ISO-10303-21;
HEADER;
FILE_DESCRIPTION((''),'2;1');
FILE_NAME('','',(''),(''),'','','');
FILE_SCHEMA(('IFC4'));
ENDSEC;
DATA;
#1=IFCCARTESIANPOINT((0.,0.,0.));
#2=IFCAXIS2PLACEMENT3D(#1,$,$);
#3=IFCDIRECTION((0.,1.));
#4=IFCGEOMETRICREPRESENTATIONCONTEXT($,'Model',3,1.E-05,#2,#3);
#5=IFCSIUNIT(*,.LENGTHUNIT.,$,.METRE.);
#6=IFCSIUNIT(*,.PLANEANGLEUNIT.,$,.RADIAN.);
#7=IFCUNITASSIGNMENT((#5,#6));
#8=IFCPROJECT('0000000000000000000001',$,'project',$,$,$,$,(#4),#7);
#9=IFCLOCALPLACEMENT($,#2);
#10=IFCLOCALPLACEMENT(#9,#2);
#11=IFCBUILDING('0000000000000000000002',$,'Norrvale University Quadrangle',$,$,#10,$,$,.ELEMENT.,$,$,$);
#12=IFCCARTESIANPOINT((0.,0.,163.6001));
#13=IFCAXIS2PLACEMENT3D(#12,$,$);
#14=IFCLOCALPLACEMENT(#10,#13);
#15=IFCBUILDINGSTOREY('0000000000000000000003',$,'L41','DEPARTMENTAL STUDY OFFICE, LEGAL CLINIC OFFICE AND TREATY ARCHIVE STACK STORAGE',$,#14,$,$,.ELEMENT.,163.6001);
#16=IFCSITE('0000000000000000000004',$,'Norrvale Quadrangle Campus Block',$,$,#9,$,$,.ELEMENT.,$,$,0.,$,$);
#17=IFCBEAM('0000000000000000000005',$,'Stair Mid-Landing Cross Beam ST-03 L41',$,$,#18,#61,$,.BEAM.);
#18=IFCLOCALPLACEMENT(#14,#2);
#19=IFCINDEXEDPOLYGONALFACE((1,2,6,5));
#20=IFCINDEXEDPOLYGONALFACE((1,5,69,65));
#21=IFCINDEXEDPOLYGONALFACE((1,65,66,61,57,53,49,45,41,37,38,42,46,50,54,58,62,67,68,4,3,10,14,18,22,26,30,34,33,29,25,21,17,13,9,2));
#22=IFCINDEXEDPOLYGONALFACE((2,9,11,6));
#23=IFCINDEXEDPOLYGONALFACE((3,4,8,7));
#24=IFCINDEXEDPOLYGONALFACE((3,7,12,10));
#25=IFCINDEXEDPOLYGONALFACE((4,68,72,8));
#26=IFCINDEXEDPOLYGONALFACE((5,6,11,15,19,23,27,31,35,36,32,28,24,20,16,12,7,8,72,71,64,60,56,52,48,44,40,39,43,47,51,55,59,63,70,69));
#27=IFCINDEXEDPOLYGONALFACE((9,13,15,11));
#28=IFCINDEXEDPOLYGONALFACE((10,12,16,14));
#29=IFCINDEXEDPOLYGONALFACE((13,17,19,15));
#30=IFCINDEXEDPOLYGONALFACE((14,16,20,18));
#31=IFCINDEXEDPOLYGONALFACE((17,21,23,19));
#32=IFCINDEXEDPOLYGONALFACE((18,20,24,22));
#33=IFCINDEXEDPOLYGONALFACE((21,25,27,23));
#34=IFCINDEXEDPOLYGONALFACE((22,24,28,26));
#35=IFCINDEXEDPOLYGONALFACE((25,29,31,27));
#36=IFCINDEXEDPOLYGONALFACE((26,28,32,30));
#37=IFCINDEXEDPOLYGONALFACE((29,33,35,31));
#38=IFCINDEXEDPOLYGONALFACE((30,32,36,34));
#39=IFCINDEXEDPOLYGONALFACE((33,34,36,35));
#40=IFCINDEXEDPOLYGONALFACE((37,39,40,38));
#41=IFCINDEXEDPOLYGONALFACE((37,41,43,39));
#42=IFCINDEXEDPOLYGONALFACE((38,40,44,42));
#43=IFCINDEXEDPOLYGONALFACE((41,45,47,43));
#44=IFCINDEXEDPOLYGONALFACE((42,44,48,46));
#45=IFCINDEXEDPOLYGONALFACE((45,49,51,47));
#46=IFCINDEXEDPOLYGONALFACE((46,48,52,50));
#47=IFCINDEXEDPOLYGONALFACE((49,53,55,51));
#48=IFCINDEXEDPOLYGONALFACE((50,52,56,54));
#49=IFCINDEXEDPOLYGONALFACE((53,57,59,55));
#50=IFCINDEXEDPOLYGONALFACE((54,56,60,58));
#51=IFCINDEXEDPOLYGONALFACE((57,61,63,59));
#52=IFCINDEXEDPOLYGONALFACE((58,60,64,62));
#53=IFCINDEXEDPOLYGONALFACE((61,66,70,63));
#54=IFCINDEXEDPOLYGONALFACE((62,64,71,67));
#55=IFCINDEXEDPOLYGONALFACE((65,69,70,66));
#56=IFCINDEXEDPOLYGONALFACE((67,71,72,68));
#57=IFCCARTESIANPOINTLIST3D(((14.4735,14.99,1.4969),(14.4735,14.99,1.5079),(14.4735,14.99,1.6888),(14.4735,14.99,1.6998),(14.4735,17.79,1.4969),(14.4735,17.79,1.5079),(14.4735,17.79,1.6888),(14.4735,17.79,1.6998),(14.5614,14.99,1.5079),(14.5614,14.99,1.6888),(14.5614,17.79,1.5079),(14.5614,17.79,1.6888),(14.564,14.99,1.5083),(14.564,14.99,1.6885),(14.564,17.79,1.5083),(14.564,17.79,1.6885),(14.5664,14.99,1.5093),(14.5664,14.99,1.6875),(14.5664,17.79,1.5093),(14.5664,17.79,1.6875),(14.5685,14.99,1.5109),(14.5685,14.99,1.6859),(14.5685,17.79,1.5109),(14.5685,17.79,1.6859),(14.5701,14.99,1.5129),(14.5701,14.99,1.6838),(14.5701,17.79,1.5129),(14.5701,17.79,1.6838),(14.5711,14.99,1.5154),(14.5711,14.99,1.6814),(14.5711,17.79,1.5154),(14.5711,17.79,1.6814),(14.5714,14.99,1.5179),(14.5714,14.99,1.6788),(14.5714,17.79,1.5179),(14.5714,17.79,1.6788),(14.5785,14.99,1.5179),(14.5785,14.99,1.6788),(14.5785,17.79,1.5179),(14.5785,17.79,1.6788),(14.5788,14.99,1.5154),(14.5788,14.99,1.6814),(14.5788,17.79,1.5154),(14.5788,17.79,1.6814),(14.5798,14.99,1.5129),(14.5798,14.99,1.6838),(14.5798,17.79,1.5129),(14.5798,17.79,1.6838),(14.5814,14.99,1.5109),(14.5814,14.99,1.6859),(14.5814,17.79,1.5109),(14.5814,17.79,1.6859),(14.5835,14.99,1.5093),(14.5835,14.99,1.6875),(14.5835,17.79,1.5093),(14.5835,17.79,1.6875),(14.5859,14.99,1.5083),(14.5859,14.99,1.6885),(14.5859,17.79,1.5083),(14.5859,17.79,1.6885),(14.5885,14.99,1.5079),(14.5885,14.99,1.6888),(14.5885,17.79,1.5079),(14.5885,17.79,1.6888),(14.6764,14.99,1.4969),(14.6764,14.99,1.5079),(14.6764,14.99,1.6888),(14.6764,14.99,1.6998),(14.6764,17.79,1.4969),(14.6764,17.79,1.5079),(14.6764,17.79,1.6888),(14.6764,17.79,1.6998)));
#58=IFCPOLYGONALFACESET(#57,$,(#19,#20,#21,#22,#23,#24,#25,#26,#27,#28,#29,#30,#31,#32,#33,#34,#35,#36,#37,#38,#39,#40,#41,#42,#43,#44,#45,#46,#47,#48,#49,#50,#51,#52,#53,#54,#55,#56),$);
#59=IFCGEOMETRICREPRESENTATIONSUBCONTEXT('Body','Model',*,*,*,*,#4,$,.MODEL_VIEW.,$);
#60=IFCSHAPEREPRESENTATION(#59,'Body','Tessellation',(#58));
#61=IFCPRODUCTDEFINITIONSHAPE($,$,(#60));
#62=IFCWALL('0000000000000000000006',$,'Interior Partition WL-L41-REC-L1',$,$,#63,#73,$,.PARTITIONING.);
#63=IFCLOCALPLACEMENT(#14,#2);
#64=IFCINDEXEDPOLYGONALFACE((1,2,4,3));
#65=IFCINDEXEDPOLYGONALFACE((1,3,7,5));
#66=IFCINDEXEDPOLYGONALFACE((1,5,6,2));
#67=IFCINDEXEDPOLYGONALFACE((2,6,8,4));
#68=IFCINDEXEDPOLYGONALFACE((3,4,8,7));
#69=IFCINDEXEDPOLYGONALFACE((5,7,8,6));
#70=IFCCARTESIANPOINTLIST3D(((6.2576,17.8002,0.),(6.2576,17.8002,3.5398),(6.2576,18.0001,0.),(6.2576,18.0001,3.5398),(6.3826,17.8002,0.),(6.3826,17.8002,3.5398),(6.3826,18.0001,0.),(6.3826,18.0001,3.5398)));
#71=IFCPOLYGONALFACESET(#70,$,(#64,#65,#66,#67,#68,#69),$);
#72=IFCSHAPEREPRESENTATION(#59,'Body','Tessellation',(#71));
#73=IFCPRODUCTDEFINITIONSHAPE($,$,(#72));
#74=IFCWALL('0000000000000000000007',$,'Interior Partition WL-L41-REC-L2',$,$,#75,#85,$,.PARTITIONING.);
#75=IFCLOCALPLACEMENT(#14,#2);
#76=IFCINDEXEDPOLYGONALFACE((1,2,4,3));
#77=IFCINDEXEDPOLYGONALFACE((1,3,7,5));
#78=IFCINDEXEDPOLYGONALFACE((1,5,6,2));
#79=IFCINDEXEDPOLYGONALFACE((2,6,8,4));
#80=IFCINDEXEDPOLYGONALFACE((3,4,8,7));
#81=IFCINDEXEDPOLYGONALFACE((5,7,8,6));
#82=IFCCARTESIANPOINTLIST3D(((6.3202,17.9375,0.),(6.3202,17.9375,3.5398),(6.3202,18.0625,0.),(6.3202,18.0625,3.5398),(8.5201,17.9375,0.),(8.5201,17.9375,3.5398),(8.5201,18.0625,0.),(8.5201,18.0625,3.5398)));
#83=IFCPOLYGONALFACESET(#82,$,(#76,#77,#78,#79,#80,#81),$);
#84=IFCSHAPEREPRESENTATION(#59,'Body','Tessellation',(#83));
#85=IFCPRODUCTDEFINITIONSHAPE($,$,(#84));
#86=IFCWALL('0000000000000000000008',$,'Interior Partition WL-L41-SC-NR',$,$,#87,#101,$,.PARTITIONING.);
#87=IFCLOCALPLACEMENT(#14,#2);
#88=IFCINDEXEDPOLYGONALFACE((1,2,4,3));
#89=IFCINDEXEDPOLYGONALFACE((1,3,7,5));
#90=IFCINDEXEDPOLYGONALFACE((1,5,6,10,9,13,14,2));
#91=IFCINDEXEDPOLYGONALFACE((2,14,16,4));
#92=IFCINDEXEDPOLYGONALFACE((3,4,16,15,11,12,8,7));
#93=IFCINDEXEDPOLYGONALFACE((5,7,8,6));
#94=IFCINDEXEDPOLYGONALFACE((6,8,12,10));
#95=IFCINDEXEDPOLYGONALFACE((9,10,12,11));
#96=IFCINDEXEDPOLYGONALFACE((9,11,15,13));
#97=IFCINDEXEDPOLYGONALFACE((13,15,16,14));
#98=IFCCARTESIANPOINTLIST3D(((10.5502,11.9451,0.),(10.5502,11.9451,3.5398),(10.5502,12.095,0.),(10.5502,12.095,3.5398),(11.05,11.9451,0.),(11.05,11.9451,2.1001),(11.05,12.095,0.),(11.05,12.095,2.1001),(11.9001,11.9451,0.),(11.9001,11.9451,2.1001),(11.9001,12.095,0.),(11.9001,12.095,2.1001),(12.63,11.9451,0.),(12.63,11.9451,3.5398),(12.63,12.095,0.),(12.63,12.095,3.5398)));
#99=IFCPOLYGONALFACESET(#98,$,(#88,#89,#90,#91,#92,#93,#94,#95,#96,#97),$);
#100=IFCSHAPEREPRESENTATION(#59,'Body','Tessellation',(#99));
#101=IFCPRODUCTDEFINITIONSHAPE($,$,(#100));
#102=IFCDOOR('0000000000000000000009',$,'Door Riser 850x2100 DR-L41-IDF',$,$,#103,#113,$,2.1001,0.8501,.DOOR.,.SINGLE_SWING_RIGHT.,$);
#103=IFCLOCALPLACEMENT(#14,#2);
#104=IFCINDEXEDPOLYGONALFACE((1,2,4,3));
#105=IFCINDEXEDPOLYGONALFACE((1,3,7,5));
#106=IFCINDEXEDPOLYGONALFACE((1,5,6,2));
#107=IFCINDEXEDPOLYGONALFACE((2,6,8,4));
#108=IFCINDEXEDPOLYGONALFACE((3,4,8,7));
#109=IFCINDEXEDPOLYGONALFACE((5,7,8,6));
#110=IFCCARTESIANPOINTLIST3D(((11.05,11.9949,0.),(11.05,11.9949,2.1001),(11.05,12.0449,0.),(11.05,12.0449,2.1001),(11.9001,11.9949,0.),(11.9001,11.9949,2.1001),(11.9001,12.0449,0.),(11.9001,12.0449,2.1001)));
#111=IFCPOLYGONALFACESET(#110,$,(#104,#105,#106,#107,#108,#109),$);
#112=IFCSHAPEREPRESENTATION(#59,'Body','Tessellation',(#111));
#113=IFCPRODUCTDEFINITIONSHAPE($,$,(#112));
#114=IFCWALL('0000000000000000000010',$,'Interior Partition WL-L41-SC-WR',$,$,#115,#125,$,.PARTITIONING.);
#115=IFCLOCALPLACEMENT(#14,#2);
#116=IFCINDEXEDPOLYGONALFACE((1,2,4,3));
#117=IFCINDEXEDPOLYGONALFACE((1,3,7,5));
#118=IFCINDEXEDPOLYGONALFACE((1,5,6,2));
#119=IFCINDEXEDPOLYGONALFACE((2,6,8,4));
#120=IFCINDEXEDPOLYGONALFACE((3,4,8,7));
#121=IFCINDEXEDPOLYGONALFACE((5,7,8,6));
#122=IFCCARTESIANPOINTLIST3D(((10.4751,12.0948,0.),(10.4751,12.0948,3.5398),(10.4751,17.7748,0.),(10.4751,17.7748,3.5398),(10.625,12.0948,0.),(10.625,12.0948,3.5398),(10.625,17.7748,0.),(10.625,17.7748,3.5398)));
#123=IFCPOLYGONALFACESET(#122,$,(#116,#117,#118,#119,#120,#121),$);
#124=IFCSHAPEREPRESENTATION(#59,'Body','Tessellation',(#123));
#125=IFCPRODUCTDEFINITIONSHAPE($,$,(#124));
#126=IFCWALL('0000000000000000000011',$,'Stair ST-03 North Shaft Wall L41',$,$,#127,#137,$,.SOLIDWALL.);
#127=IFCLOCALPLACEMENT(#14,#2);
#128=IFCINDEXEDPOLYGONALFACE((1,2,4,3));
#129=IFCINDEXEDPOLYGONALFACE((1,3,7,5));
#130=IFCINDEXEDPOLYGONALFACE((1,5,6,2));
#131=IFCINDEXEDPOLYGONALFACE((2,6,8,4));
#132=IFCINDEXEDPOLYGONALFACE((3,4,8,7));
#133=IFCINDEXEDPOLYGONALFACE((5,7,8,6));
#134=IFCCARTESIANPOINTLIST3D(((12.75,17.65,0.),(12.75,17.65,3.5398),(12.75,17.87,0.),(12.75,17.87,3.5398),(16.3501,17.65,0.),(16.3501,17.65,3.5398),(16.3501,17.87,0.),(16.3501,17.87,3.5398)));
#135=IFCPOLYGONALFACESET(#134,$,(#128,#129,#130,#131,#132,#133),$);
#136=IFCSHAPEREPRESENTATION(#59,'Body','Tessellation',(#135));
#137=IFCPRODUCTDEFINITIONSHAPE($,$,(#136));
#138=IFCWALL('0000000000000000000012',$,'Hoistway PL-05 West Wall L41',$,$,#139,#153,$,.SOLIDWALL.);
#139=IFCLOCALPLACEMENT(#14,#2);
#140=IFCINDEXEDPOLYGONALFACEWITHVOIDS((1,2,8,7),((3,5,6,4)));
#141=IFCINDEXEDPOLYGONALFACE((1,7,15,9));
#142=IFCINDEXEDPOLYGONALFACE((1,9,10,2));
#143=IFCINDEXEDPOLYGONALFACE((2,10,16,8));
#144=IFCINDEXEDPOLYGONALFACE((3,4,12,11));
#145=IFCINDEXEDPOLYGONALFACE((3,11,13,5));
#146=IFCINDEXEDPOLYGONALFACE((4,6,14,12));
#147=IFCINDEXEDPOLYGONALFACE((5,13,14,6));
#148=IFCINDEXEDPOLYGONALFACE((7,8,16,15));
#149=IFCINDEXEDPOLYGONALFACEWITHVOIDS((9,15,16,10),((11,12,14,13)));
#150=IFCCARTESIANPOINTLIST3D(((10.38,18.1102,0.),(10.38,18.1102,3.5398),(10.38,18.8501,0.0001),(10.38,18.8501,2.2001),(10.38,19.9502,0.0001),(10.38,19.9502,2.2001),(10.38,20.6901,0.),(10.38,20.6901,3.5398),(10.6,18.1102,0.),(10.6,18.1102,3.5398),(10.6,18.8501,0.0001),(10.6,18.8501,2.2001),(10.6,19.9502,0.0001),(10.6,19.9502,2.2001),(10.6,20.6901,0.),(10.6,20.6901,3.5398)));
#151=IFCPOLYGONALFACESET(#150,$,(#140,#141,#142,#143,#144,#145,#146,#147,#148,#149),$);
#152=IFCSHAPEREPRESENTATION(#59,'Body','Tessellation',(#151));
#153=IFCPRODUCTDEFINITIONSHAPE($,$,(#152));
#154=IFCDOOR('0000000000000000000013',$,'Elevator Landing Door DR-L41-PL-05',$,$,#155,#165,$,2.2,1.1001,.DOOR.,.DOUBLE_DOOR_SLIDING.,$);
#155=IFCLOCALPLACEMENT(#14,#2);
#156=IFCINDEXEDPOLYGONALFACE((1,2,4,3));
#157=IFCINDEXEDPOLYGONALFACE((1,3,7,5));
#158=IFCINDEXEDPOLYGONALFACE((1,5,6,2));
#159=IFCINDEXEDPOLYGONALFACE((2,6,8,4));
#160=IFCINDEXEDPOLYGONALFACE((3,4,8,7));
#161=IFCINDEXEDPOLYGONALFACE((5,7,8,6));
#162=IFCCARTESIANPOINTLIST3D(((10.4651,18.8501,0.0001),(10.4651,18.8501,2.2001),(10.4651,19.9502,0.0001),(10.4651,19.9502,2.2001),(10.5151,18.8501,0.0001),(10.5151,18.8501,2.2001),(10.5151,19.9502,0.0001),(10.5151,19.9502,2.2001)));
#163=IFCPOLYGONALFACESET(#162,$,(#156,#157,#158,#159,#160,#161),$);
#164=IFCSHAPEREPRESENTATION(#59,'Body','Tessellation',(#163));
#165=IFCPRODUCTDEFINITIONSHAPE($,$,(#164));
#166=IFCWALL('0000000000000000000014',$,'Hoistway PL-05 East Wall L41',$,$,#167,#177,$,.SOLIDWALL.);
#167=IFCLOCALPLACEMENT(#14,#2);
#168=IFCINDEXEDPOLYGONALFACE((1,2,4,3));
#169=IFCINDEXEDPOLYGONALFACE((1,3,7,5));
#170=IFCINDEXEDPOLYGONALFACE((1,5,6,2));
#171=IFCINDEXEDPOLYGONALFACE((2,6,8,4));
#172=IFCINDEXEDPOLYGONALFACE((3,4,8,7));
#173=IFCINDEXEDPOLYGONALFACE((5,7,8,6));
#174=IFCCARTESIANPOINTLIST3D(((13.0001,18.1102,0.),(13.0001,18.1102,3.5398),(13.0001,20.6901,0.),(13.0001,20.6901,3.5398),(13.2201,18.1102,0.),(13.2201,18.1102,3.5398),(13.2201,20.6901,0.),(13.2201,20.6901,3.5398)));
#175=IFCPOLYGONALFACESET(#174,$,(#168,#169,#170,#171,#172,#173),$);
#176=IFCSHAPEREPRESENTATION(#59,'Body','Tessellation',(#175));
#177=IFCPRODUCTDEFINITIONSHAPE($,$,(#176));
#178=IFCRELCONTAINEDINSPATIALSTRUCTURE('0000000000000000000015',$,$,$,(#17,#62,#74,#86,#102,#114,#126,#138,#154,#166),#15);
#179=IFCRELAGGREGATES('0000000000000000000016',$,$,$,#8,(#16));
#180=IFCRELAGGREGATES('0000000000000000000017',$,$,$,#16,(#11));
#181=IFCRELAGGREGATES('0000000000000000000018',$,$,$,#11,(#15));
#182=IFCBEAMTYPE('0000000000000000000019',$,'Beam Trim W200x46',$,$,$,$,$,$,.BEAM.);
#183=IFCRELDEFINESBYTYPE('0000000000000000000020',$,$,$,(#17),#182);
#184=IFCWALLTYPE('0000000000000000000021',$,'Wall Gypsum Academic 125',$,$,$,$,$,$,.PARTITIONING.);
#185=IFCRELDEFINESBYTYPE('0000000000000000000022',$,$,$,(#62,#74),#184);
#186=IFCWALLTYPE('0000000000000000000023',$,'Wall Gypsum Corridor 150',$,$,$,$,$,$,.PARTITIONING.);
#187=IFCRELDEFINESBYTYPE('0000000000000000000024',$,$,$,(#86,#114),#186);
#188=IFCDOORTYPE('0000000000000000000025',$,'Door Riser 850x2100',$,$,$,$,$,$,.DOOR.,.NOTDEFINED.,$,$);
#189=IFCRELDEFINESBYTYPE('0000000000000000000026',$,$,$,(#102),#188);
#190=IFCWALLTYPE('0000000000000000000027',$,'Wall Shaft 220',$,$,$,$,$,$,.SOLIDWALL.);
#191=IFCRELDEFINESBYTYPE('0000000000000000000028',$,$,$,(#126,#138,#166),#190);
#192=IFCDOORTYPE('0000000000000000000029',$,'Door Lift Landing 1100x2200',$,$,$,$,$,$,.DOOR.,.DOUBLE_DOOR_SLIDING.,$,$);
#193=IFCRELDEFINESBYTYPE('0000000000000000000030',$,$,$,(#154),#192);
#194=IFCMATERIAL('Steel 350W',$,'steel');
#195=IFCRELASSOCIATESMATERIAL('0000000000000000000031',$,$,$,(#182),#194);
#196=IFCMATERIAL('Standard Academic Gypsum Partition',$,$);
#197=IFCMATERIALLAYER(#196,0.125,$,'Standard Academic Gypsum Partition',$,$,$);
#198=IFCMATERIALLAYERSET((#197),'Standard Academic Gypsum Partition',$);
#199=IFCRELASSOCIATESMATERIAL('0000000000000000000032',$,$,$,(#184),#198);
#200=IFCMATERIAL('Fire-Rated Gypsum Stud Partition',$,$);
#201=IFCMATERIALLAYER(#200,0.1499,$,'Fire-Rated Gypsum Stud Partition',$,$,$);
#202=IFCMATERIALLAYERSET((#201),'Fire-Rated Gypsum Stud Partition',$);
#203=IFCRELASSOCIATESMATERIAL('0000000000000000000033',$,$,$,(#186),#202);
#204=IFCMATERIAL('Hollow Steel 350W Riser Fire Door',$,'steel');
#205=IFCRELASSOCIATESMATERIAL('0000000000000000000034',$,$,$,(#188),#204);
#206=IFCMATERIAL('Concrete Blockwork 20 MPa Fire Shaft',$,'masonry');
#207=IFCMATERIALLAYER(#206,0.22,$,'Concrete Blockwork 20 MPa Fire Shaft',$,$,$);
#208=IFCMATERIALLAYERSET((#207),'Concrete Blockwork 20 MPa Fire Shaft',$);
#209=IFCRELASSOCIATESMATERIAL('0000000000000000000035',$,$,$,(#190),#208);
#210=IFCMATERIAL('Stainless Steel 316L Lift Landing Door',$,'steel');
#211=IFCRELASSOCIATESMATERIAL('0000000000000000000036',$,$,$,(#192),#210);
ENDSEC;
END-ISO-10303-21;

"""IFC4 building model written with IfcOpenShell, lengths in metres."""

from ifc_helpers import new_model, si_unit, direction, frame, frame_2d, origin, origin_2d, place, context, subcontext, project, spatial, rectangle, i_section, extrude, material, layer, layer_set, material_profile, profile_set, type_object, element, fill, save


model = new_model("IFC4")

# Units and contexts
model_context = context("Model", 3, precision=1e-05, world=origin(), true_north=direction((0.0, 1.0)))
body_context = subcontext(model_context, "Body", "Model", "MODEL_VIEW")
ifc_project = project(units=[si_unit("LENGTHUNIT", "METRE"), si_unit("PLANEANGLEUNIT", "RADIAN")], contexts=[model_context])

# Site, building, storey
site_placement = place(None, origin())
site = spatial("IfcSite", under=ifc_project, at=site_placement, Name="Norrvale Quadrangle Campus Block", CompositionType="ELEMENT", RefElevation=0.0)
building_placement = place(site_placement, origin())
building = spatial("IfcBuilding", under=site, at=building_placement, Name="Norrvale University Quadrangle", CompositionType="ELEMENT")
storey_placement = place(building_placement, frame((0.0, 0.0, 163.6001)))
storey = spatial("IfcBuildingStorey", under=building, at=storey_placement, Name="L41", Description="DEPARTMENTAL STUDY OFFICE, LEGAL CLINIC OFFICE AND TREATY ARCHIVE STACK STORAGE", CompositionType="ELEMENT", Elevation=163.6001)

# Beam
ifc_material_1 = material(Name="Steel 350W", Category="steel")
ifc_material_profile_1 = material_profile(ifc_material_1, i_section(OverallWidth=0.2029, OverallDepth=0.2029, WebThickness=0.0071, FlangeThickness=0.011, FilletRadius=0.01, at=origin_2d()), Name="Steel 350W")
ifc_profile_set_1 = profile_set([ifc_material_profile_1], Name="Steel 350W")
beam_type_1 = type_object("IfcBeamType", Name="Beam Trim W200x46", PredefinedType="BEAM", material=ifc_profile_set_1)
for number, where, z_axis, x_axis, name in (
    (1, (14.575, 14.99, 1.5984), (0.0, 1.0, 0.0), (-1.0, 0.0, 0.0), "Stair Mid-Landing Cross Beam ST-03 L41"),
):
    element("IfcBeam", number, at=place(storey_placement, frame(where, z_axis=z_axis, x_axis=x_axis)), inside=storey, type_object=beam_type_1, Name=name, PredefinedType="BEAM", context=body_context, shape_type="SweptSolid", body=[
        extrude(i_section(OverallWidth=0.2029, OverallDepth=0.2029, WebThickness=0.0071, FlangeThickness=0.011, FilletRadius=0.01, at=origin_2d()), origin(), (0.0, 0.0, 1.0), 2.8),
    ])

# Walls
ifc_material_2 = material(Name="Standard Academic Gypsum Partition")
ifc_layer_1 = layer(ifc_material_2, 0.125, Name="Standard Academic Gypsum Partition")
ifc_layer_set_1 = layer_set([ifc_layer_1], Name="Standard Academic Gypsum Partition")
wall_type_1 = type_object("IfcWallType", Name="Wall Gypsum Academic 125", PredefinedType="PARTITIONING", material=ifc_layer_set_1)
wall_1_placement = place(storey_placement, frame((6.3201, 17.8, 0.0), z_axis=(0.0, 0.0, 1.0), x_axis=(0.0, 1.0, 0.0)))
element("IfcWall", 2, at=wall_1_placement, inside=storey, type_object=wall_type_1, Name="Interior Partition WL-L41-REC-L1", PredefinedType="PARTITIONING", context=body_context, shape_type="SweptSolid", body=[
    extrude(rectangle(XDim=0.2, YDim=0.125, at=frame_2d((0.1001, 0.0))), origin(), (0.0, 0.0, 1.0), 3.5398),
])
wall_2_placement = place(storey_placement, frame((6.3201, 18.0, 0.0), z_axis=(0.0, 0.0, 1.0), x_axis=(1.0, 0.0, 0.0)))
element("IfcWall", 3, at=wall_2_placement, inside=storey, type_object=wall_type_1, Name="Interior Partition WL-L41-REC-L2", PredefinedType="PARTITIONING", context=body_context, shape_type="SweptSolid", body=[
    extrude(rectangle(XDim=2.2, YDim=0.125, at=frame_2d((1.1001, 0.0))), origin(), (0.0, 0.0, 1.0), 3.5398),
])

# Wall, opening, door
ifc_material_3 = material(Name="Fire-Rated Gypsum Stud Partition")
ifc_layer_2 = layer(ifc_material_3, 0.1499, Name="Fire-Rated Gypsum Stud Partition")
ifc_layer_set_2 = layer_set([ifc_layer_2], Name="Fire-Rated Gypsum Stud Partition")
wall_type_2 = type_object("IfcWallType", Name="Wall Gypsum Corridor 150", PredefinedType="PARTITIONING", material=ifc_layer_set_2)
wall_3_placement = place(storey_placement, frame((10.55, 12.02, 0.0), z_axis=(0.0, 0.0, 1.0), x_axis=(1.0, 0.0, 0.0)))
wall_3 = element("IfcWall", 4, at=wall_3_placement, inside=storey, type_object=wall_type_2, Name="Interior Partition WL-L41-SC-NR", PredefinedType="PARTITIONING", context=body_context, shape_type="SweptSolid", body=[
    extrude(rectangle(XDim=2.0798, YDim=0.1499, at=frame_2d((1.04, 0.0))), origin(), (0.0, 0.0, 1.0), 3.5398),
])
opening_1_placement = place(wall_3_placement, frame((0.5, 0.0, 0.0)))
opening_1 = element("IfcOpeningElement", 5, at=opening_1_placement, cuts=wall_3, PredefinedType="OPENING", context=body_context, shape_type="SweptSolid", body=[
    extrude(rectangle(XDim=0.8501, YDim=2.1001, at=frame_2d((0.425, 1.05))), frame((0.0, 0.0869, 0.0), z_axis=(0.0, -1.0, 0.0), x_axis=(1.0, 0.0, 0.0)), (0.0, 0.0, 1.0), 0.1738),
])
ifc_material_4 = material(Name="Hollow Steel 350W Riser Fire Door", Category="steel")
door_type_1 = type_object("IfcDoorType", Name="Door Riser 850x2100", OperationType="NOTDEFINED", PredefinedType="DOOR", material=ifc_material_4)
door_1_placement = place(opening_1_placement, origin())
door_1 = element("IfcDoor", 6, at=door_1_placement, inside=storey, type_object=door_type_1, Name="Door Riser 850x2100 DR-L41-IDF", OperationType="SINGLE_SWING_RIGHT", OverallHeight=2.1001, OverallWidth=0.8501, PredefinedType="DOOR", context=body_context, shape_type="SweptSolid", body=[
    extrude(rectangle(XDim=0.8501, YDim=2.1001, at=frame_2d((0.425, 1.05))), frame((0.0, 0.0249, 0.0), z_axis=(0.0, -1.0, 0.0), x_axis=(1.0, 0.0, 0.0)), (0.0, 0.0, 1.0), 0.05),
])
fill(opening_1, door_1)

# Walls
wall_4_placement = place(storey_placement, frame((10.55, 12.095, 0.0), z_axis=(0.0, 0.0, 1.0), x_axis=(0.0, 1.0, 0.0)))
element("IfcWall", 7, at=wall_4_placement, inside=storey, type_object=wall_type_2, Name="Interior Partition WL-L41-SC-WR", PredefinedType="PARTITIONING", context=body_context, shape_type="SweptSolid", body=[
    extrude(rectangle(XDim=5.6799, YDim=0.1499, at=frame_2d((2.8398, 0.0))), origin(), (0.0, 0.0, 1.0), 3.5398),
])
ifc_material_5 = material(Name="Concrete Blockwork 20 MPa Fire Shaft", Category="masonry")
ifc_layer_3 = layer(ifc_material_5, 0.22, Name="Concrete Blockwork 20 MPa Fire Shaft")
ifc_layer_set_3 = layer_set([ifc_layer_3], Name="Concrete Blockwork 20 MPa Fire Shaft")
wall_type_3 = type_object("IfcWallType", Name="Wall Shaft 220", PredefinedType="SOLIDWALL", material=ifc_layer_set_3)
wall_5_placement = place(storey_placement, frame((12.75, 17.76, 0.0), z_axis=(0.0, 0.0, 1.0), x_axis=(1.0, 0.0, 0.0)))
element("IfcWall", 8, at=wall_5_placement, inside=storey, type_object=wall_type_3, Name="Stair ST-03 North Shaft Wall L41", PredefinedType="SOLIDWALL", context=body_context, shape_type="SweptSolid", body=[
    extrude(rectangle(XDim=3.6001, YDim=0.22, at=frame_2d((1.8, 0.0))), origin(), (0.0, 0.0, 1.0), 3.5398),
])

# Wall, opening, door
wall_6_placement = place(storey_placement, frame((10.49, 18.1101, 0.0), z_axis=(0.0, 0.0, 1.0), x_axis=(0.0, 1.0, 0.0)))
wall_6 = element("IfcWall", 9, at=wall_6_placement, inside=storey, type_object=wall_type_3, Name="Hoistway PL-05 West Wall L41", PredefinedType="SOLIDWALL", context=body_context, shape_type="SweptSolid", body=[
    extrude(rectangle(XDim=2.5798, YDim=0.22, at=frame_2d((1.29, 0.0))), origin(), (0.0, 0.0, 1.0), 3.5398),
])
opening_2_placement = place(wall_6_placement, frame((0.74, 0.0, 0.0)))
opening_2 = element("IfcOpeningElement", 10, at=opening_2_placement, cuts=wall_6, PredefinedType="OPENING", context=body_context, shape_type="SweptSolid", body=[
    extrude(rectangle(XDim=1.1001, YDim=2.2, at=frame_2d((0.55, 1.1001))), frame((0.0, 0.1221, 0.0), z_axis=(0.0, -1.0, 0.0), x_axis=(1.0, 0.0, 0.0)), (0.0, 0.0, 1.0), 0.2439),
])
ifc_material_6 = material(Name="Stainless Steel 316L Lift Landing Door", Category="steel")
door_type_2 = type_object("IfcDoorType", Name="Door Lift Landing 1100x2200", OperationType="DOUBLE_DOOR_SLIDING", PredefinedType="DOOR", material=ifc_material_6)
door_2_placement = place(opening_2_placement, origin())
door_2 = element("IfcDoor", 11, at=door_2_placement, inside=storey, type_object=door_type_2, Name="Elevator Landing Door DR-L41-PL-05", OperationType="DOUBLE_DOOR_SLIDING", OverallHeight=2.2, OverallWidth=1.1001, PredefinedType="DOOR", context=body_context, shape_type="SweptSolid", body=[
    extrude(rectangle(XDim=1.1001, YDim=2.2, at=frame_2d((0.55, 1.1001))), frame((0.0, 0.0249, 0.0), z_axis=(0.0, -1.0, 0.0), x_axis=(1.0, 0.0, 0.0)), (0.0, 0.0, 1.0), 0.05),
])
fill(opening_2, door_2)

# Wall
wall_7_placement = place(storey_placement, frame((13.1101, 18.1101, 0.0), z_axis=(0.0, 0.0, 1.0), x_axis=(0.0, 1.0, 0.0)))
element("IfcWall", 12, at=wall_7_placement, inside=storey, type_object=wall_type_3, Name="Hoistway PL-05 East Wall L41", PredefinedType="SOLIDWALL", context=body_context, shape_type="SweptSolid", body=[
    extrude(rectangle(XDim=2.5798, YDim=0.22, at=frame_2d((1.29, 0.0))), origin(), (0.0, 0.0, 1.0), 3.5398),
])

save(model, "model.ifc")
